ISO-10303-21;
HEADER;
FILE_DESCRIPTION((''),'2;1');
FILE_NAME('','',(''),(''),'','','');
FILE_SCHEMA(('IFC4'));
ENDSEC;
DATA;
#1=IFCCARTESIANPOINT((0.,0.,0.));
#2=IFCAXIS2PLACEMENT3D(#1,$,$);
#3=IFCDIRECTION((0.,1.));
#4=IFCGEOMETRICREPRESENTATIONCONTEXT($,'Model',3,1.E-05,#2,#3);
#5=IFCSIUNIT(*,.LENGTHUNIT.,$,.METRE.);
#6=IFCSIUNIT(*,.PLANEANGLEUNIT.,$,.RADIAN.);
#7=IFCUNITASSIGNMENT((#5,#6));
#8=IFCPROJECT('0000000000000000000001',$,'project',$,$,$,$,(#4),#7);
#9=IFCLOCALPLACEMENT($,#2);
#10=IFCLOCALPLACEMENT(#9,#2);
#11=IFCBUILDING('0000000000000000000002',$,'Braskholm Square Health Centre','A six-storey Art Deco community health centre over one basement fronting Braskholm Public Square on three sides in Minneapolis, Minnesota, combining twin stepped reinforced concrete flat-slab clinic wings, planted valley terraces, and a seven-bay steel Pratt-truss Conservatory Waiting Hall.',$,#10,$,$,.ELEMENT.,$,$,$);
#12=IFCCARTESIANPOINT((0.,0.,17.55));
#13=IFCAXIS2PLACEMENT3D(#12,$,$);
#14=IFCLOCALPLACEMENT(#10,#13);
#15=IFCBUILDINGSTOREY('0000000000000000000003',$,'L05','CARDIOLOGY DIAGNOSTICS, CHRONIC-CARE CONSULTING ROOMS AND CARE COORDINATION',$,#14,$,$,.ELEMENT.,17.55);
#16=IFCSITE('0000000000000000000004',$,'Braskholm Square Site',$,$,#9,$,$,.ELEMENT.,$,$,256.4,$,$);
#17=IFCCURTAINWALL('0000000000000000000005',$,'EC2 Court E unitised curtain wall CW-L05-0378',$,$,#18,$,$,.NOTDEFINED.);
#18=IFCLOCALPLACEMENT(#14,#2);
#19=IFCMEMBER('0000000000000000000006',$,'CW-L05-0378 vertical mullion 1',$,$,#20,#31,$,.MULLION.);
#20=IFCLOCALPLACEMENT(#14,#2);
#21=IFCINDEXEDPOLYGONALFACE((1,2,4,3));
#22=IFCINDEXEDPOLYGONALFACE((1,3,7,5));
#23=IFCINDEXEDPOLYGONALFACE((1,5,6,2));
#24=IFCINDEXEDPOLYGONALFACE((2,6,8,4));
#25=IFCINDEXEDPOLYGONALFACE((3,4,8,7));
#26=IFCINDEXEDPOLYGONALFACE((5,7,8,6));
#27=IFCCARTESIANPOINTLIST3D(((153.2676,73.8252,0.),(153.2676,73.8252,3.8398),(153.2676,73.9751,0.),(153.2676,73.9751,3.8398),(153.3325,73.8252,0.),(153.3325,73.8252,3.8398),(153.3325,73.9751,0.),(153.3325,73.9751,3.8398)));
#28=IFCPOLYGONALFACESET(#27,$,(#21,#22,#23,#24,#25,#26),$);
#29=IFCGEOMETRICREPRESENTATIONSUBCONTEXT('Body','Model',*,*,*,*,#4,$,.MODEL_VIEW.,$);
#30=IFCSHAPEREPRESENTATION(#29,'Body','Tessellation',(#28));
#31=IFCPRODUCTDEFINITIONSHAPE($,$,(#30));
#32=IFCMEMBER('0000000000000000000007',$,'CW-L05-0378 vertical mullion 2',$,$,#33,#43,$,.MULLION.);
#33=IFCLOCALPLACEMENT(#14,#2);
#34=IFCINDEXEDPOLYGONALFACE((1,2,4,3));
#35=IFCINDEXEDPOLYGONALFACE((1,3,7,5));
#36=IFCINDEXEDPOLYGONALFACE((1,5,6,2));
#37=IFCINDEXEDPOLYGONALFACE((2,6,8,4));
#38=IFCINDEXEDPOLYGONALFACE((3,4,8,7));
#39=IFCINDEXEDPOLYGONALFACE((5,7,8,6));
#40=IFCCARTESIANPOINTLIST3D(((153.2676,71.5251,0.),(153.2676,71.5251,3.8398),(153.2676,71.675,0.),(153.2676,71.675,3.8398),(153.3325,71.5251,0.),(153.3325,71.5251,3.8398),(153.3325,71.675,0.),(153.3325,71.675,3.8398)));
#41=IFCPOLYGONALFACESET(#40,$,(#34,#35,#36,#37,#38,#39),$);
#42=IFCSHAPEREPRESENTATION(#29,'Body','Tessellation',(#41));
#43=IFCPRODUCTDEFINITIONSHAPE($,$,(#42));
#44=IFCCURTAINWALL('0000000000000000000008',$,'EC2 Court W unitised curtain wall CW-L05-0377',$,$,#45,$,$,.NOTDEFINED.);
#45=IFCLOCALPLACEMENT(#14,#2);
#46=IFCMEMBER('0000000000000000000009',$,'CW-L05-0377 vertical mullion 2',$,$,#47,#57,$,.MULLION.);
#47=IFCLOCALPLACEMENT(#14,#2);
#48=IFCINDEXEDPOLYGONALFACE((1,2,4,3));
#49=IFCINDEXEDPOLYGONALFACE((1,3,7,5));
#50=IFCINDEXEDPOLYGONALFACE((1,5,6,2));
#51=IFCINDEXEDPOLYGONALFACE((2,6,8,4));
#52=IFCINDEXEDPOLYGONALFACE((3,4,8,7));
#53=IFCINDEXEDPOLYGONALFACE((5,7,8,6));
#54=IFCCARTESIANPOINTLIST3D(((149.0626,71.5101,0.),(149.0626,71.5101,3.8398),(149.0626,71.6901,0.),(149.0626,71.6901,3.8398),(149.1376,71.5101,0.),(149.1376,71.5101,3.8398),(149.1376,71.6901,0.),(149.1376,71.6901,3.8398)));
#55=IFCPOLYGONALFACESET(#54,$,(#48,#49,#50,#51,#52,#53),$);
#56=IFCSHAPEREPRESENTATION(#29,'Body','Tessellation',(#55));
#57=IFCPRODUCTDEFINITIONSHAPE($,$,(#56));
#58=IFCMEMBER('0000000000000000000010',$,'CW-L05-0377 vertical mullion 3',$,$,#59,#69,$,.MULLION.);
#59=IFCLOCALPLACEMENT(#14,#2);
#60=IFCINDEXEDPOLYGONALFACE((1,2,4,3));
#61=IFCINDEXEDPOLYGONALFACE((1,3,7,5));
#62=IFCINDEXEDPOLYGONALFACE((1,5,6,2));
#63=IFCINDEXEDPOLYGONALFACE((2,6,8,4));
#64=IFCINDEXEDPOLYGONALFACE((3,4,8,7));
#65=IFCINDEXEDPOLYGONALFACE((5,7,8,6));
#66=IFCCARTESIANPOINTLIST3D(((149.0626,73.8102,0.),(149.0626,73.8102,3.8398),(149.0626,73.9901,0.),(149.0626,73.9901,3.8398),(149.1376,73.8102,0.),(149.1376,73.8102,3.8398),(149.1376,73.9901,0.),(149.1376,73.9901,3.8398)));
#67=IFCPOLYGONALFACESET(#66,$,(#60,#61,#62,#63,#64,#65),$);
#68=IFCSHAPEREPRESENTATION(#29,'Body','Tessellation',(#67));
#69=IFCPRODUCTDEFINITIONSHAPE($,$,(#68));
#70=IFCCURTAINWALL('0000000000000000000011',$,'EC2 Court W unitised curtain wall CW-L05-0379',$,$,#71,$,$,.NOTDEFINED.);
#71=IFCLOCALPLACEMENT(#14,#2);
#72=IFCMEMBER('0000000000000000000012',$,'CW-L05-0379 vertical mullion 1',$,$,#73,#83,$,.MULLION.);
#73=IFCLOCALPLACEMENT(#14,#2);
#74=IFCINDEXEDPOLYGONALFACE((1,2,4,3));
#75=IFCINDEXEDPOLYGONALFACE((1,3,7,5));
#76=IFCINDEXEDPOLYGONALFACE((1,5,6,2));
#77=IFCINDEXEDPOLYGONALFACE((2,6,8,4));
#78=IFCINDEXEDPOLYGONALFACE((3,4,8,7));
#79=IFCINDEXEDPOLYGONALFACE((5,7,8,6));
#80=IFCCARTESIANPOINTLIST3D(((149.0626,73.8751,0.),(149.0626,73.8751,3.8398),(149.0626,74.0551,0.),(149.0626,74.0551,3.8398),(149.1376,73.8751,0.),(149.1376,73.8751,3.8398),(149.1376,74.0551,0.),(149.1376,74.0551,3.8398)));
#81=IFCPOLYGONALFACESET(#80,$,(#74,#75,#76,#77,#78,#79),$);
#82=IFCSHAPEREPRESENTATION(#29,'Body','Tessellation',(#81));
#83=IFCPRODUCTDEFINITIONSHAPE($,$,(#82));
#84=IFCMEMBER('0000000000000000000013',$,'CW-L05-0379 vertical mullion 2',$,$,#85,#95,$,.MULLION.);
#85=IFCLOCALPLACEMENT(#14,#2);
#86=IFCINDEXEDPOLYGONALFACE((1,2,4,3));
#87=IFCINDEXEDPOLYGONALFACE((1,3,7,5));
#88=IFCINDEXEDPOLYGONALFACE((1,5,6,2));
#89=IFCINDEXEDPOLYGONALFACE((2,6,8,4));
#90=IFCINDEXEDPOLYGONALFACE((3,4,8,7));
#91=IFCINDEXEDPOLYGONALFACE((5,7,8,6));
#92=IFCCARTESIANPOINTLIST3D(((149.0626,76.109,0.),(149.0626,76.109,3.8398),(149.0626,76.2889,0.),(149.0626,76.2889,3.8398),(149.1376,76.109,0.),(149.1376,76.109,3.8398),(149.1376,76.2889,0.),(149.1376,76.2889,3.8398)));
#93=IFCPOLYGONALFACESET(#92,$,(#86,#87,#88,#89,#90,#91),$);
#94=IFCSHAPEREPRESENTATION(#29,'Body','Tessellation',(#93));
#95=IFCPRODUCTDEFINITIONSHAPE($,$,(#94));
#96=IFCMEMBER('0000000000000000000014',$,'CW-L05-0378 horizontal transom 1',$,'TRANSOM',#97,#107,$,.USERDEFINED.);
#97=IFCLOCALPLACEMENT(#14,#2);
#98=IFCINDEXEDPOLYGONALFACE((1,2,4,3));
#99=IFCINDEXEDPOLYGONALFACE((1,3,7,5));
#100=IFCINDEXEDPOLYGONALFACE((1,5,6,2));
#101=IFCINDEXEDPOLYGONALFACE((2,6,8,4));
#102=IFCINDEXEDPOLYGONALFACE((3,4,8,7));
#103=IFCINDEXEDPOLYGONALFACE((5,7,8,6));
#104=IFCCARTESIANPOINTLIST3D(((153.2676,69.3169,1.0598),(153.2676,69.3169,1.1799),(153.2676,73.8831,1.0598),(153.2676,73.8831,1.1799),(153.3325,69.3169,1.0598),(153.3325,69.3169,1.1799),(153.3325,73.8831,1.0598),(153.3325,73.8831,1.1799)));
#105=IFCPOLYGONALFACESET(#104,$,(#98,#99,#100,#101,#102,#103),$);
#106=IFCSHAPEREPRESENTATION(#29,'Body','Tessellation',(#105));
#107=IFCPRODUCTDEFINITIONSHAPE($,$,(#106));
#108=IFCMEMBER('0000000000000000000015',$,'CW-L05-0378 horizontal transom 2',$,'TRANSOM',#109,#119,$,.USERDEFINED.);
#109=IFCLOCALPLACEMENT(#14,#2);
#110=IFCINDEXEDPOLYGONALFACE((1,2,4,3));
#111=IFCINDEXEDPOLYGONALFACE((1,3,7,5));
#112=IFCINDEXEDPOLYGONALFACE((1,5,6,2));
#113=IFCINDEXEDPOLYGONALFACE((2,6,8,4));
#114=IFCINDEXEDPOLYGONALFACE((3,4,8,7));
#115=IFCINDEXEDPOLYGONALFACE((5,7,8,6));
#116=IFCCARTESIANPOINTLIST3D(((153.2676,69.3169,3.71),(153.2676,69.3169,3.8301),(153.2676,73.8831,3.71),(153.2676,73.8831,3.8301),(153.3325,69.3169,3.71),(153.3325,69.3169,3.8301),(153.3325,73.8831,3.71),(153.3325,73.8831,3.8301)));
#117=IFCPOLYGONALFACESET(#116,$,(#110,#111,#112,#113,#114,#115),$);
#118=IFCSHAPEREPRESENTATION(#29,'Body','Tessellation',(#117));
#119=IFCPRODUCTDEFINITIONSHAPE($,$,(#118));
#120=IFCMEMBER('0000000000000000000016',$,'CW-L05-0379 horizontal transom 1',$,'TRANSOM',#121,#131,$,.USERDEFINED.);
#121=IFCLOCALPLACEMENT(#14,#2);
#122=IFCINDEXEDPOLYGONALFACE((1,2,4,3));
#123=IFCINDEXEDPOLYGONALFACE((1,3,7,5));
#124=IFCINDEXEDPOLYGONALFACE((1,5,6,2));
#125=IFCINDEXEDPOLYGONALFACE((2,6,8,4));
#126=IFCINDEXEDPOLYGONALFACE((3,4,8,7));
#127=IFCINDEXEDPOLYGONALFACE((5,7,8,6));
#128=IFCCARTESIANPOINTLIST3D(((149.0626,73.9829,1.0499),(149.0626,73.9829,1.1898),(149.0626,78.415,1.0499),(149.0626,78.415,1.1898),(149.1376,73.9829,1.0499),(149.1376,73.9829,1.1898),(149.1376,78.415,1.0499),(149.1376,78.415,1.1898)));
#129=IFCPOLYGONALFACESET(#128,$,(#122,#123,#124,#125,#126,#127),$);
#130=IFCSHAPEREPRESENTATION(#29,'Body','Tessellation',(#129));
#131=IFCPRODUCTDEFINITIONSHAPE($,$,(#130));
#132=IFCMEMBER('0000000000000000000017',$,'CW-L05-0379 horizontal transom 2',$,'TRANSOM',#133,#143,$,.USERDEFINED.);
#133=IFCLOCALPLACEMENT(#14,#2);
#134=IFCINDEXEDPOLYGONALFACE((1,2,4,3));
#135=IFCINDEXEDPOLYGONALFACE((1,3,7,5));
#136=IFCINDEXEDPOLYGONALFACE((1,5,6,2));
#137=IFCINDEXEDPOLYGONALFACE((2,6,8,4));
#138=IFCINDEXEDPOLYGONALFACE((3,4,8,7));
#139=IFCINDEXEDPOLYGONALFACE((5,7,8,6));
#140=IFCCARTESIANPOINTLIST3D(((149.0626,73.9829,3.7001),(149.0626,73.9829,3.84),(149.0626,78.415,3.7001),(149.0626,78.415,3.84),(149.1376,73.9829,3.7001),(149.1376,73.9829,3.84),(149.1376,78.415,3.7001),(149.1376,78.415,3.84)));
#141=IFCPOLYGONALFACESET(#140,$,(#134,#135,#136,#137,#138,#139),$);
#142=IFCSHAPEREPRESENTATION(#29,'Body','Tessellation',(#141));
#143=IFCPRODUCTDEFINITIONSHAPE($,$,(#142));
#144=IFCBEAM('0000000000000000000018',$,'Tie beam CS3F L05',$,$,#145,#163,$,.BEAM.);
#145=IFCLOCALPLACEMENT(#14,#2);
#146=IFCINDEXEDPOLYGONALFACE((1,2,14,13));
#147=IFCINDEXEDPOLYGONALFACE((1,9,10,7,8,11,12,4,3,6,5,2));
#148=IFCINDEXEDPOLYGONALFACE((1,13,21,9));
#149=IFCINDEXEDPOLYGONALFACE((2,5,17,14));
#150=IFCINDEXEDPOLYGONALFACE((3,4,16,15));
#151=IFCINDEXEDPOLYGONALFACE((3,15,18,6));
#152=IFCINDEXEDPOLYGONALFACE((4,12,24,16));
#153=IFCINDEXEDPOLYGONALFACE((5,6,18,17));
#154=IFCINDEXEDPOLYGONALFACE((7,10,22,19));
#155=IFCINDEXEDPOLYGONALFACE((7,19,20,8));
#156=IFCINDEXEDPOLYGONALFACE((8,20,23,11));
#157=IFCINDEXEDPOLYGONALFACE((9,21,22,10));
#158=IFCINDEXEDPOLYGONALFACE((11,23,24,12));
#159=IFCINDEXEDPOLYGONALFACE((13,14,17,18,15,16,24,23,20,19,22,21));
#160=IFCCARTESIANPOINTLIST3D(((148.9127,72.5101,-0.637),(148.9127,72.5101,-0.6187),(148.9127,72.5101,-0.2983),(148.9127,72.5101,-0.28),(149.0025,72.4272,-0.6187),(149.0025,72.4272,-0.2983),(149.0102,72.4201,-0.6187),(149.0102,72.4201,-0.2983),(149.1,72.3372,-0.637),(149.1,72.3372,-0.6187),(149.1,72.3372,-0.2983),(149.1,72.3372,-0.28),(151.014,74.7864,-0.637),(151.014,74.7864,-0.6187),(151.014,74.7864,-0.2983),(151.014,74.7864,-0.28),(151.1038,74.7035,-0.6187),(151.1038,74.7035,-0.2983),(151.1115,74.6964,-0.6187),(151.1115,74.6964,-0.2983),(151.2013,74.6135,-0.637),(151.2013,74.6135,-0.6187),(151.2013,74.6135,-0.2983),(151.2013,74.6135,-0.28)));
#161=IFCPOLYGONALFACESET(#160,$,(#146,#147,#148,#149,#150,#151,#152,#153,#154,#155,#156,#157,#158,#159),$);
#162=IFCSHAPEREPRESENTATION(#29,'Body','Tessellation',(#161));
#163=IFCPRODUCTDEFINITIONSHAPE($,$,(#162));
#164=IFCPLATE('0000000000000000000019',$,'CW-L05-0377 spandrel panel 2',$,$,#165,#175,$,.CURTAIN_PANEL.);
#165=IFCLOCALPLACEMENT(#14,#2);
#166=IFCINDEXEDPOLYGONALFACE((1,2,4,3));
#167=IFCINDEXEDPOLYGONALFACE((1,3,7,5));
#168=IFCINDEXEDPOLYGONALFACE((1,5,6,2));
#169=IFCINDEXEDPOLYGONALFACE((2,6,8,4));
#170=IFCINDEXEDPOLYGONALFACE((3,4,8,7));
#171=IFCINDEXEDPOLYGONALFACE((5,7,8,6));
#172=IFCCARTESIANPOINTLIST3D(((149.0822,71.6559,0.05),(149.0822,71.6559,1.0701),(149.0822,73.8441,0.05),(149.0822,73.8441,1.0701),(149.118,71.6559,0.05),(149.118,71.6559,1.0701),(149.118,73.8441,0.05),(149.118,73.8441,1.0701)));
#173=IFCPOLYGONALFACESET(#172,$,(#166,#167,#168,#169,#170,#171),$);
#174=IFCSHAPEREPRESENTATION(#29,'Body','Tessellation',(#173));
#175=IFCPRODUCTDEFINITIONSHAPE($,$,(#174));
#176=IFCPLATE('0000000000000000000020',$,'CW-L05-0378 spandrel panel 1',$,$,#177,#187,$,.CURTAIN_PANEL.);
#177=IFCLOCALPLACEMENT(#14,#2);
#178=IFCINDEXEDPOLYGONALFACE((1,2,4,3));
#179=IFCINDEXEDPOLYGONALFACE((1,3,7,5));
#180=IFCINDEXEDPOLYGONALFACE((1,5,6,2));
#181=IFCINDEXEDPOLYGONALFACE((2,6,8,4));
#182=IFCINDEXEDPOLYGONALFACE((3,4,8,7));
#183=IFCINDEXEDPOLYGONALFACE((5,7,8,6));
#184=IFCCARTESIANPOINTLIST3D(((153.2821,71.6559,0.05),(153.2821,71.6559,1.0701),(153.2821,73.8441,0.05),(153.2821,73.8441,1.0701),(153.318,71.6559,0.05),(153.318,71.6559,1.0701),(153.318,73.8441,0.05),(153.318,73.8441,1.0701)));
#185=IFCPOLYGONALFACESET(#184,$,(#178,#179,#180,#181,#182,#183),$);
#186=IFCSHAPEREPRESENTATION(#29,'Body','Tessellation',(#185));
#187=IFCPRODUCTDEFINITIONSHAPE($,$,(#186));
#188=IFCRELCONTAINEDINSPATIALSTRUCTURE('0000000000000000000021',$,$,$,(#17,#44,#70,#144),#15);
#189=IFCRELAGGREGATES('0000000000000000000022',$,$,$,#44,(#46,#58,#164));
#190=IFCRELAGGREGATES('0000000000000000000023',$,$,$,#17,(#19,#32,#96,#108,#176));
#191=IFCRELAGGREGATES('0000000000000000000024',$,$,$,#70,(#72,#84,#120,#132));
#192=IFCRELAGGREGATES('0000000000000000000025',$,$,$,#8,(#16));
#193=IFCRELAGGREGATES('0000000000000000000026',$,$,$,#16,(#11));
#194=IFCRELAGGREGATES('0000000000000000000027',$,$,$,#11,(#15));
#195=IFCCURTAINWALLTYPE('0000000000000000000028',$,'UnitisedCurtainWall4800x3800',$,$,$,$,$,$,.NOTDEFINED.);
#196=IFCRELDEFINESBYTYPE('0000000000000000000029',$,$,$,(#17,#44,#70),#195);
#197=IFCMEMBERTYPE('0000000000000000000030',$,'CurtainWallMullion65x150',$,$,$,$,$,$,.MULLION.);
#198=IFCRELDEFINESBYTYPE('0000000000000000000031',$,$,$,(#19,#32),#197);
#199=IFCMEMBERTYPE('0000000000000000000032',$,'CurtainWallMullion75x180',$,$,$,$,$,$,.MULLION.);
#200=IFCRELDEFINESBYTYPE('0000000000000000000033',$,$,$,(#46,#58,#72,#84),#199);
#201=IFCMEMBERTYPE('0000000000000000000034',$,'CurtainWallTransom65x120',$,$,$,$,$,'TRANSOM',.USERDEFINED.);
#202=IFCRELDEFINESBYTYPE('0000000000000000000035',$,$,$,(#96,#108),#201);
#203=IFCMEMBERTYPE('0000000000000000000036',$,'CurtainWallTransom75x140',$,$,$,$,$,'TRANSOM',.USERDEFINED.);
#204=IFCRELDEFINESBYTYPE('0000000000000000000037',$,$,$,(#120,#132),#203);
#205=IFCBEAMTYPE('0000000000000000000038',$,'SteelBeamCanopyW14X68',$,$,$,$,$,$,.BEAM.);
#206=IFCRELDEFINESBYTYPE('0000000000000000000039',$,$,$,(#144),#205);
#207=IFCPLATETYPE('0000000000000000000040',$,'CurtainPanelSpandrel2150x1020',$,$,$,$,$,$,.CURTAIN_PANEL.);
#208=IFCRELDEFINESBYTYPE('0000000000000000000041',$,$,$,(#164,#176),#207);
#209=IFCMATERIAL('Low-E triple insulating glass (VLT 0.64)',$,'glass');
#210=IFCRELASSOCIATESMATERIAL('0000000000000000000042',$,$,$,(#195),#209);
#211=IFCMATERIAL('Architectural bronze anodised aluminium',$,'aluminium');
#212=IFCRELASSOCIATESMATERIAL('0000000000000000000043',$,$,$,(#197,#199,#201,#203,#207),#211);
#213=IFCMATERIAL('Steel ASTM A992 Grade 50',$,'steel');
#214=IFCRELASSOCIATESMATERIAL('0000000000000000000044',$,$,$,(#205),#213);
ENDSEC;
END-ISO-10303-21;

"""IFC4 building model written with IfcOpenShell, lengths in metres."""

from ifc_helpers import new_model, si_unit, direction, frame, origin, origin_2d, place, context, subcontext, project, spatial, rectangle, i_section, extrude, material, material_profile, profile_set, type_object, element, aggregate, save


model = new_model("IFC4")

# Units and contexts
model_context = context("Model", 3, precision=1e-05, world=origin(), true_north=direction((0.0, 1.0)))
body_context = subcontext(model_context, "Body", "Model", "MODEL_VIEW")
ifc_project = project(units=[si_unit("LENGTHUNIT", "METRE"), si_unit("PLANEANGLEUNIT", "RADIAN")], contexts=[model_context])

# Site, building, storey
site_placement = place(None, origin())
site = spatial("IfcSite", under=ifc_project, at=site_placement, Name="Braskholm Square Site", CompositionType="ELEMENT", RefElevation=256.4)
building_placement = place(site_placement, origin())
building = spatial("IfcBuilding", under=site, at=building_placement, Name="Braskholm Square Health Centre", Description="A six-storey Art Deco community health centre over one basement fronting Braskholm Public Square on three sides in Minneapolis, Minnesota, combining twin stepped reinforced concrete flat-slab clinic wings, planted valley terraces, and a seven-bay steel Pratt-truss Conservatory Waiting Hall.", CompositionType="ELEMENT")
storey_placement = place(building_placement, frame((0.0, 0.0, 17.55)))
storey = spatial("IfcBuildingStorey", under=building, at=storey_placement, Name="L05", Description="CARDIOLOGY DIAGNOSTICS, CHRONIC-CARE CONSULTING ROOMS AND CARE COORDINATION", CompositionType="ELEMENT", Elevation=17.55)

# Curtain walls, members
ifc_material_1 = material(Name="Low-E triple insulating glass (VLT 0.64)", Category="glass")
curtain_wall_type = type_object("IfcCurtainWallType", Name="UnitisedCurtainWall4800x3800", PredefinedType="NOTDEFINED", material=ifc_material_1)
curtain_wall_1_placement = place(storey_placement, origin())
curtain_wall_1 = element("IfcCurtainWall", 1, at=curtain_wall_1_placement, inside=storey, type_object=curtain_wall_type, Name="EC2 Court E unitised curtain wall CW-L05-0378", PredefinedType="NOTDEFINED")
ifc_material_2 = material(Name="Architectural bronze anodised aluminium", Category="aluminium")
ifc_material_profile_1 = material_profile(ifc_material_2, rectangle(XDim=0.0649, YDim=0.1499, at=origin_2d()), Name="ALU-65X150")
ifc_profile_set_1 = profile_set([ifc_material_profile_1], Name="Architectural bronze anodised aluminium")
member_type_1 = type_object("IfcMemberType", Name="CurtainWallMullion65x150", PredefinedType="MULLION", material=ifc_profile_set_1)
member_1_placement = place(storey_placement, frame((153.3, 73.9001, 0.0), z_axis=(0.0, 0.0, 1.0), x_axis=(1.0, 0.0, 0.0)))
member_1 = element("IfcMember", 2, at=member_1_placement, type_object=member_type_1, Name="CW-L05-0378 vertical mullion 1", PredefinedType="MULLION", context=body_context, shape_type="SweptSolid", body=[
    extrude(rectangle(XDim=0.0649, YDim=0.1499, at=origin_2d()), origin(), (0.0, 0.0, 1.0), 3.8398),
])
member_2_placement = place(storey_placement, frame((153.3, 71.6001, 0.0), z_axis=(0.0, 0.0, 1.0), x_axis=(1.0, 0.0, 0.0)))
member_2 = element("IfcMember", 3, at=member_2_placement, type_object=member_type_1, Name="CW-L05-0378 vertical mullion 2", PredefinedType="MULLION", context=body_context, shape_type="SweptSolid", body=[
    extrude(rectangle(XDim=0.0649, YDim=0.1499, at=origin_2d()), origin(), (0.0, 0.0, 1.0), 3.8398),
])
curtain_wall_2_placement = place(storey_placement, origin())
curtain_wall_2 = element("IfcCurtainWall", 4, at=curtain_wall_2_placement, inside=storey, type_object=curtain_wall_type, Name="EC2 Court W unitised curtain wall CW-L05-0377", PredefinedType="NOTDEFINED")
ifc_material_profile_2 = material_profile(ifc_material_2, rectangle(XDim=0.075, YDim=0.1799, at=origin_2d()), Name="ALU-75X180")
ifc_profile_set_2 = profile_set([ifc_material_profile_2], Name="Architectural bronze anodised aluminium")
member_type_2 = type_object("IfcMemberType", Name="CurtainWallMullion75x180", PredefinedType="MULLION", material=ifc_profile_set_2)
member_3_placement = place(storey_placement, frame((149.1001, 71.6001, 0.0), z_axis=(0.0, 0.0, 1.0), x_axis=(1.0, 0.0, 0.0)))
member_3 = element("IfcMember", 5, at=member_3_placement, type_object=member_type_2, Name="CW-L05-0377 vertical mullion 2", PredefinedType="MULLION", context=body_context, shape_type="SweptSolid", body=[
    extrude(rectangle(XDim=0.075, YDim=0.1799, at=origin_2d()), origin(), (0.0, 0.0, 1.0), 3.8398),
])
member_4_placement = place(storey_placement, frame((149.1001, 73.9001, 0.0), z_axis=(0.0, 0.0, 1.0), x_axis=(1.0, 0.0, 0.0)))
member_4 = element("IfcMember", 6, at=member_4_placement, type_object=member_type_2, Name="CW-L05-0377 vertical mullion 3", PredefinedType="MULLION", context=body_context, shape_type="SweptSolid", body=[
    extrude(rectangle(XDim=0.075, YDim=0.1799, at=origin_2d()), origin(), (0.0, 0.0, 1.0), 3.8398),
])
curtain_wall_3_placement = place(storey_placement, origin())
curtain_wall_3 = element("IfcCurtainWall", 7, at=curtain_wall_3_placement, inside=storey, type_object=curtain_wall_type, Name="EC2 Court W unitised curtain wall CW-L05-0379", PredefinedType="NOTDEFINED")
member_5_placement = place(storey_placement, frame((149.1001, 73.9651, 0.0), z_axis=(0.0, 0.0, 1.0), x_axis=(1.0, 0.0, 0.0)))
member_5 = element("IfcMember", 8, at=member_5_placement, type_object=member_type_2, Name="CW-L05-0379 vertical mullion 1", PredefinedType="MULLION", context=body_context, shape_type="SweptSolid", body=[
    extrude(rectangle(XDim=0.075, YDim=0.1799, at=origin_2d()), origin(), (0.0, 0.0, 1.0), 3.8398),
])
member_6_placement = place(storey_placement, frame((149.1001, 76.199, 0.0), z_axis=(0.0, 0.0, 1.0), x_axis=(1.0, 0.0, 0.0)))
member_6 = element("IfcMember", 9, at=member_6_placement, type_object=member_type_2, Name="CW-L05-0379 vertical mullion 2", PredefinedType="MULLION", context=body_context, shape_type="SweptSolid", body=[
    extrude(rectangle(XDim=0.075, YDim=0.1799, at=origin_2d()), origin(), (0.0, 0.0, 1.0), 3.8398),
])

# Members
ifc_material_profile_3 = material_profile(ifc_material_2, rectangle(XDim=0.0649, YDim=0.1201, at=origin_2d()), Name="ALU-65X120")
ifc_profile_set_3 = profile_set([ifc_material_profile_3], Name="Architectural bronze anodised aluminium")
member_type_3 = type_object("IfcMemberType", Name="CurtainWallTransom65x120", ElementType="TRANSOM", PredefinedType="USERDEFINED", material=ifc_profile_set_3)
member_7_placement = place(storey_placement, frame((153.3, 73.8831, 1.1199), z_axis=(0.0, -1.0, 0.0), x_axis=(1.0, 0.0, 0.0)))
member_7 = element("IfcMember", 10, at=member_7_placement, type_object=member_type_3, Name="CW-L05-0378 horizontal transom 1", ObjectType="TRANSOM", PredefinedType="USERDEFINED", context=body_context, shape_type="SweptSolid", body=[
    extrude(rectangle(XDim=0.0649, YDim=0.1201, at=origin_2d()), origin(), (0.0, 0.0, 1.0), 4.5662),
])
member_8_placement = place(storey_placement, frame((153.3, 73.8831, 3.77), z_axis=(0.0, -1.0, 0.0), x_axis=(1.0, 0.0, 0.0)))
member_8 = element("IfcMember", 11, at=member_8_placement, type_object=member_type_3, Name="CW-L05-0378 horizontal transom 2", ObjectType="TRANSOM", PredefinedType="USERDEFINED", context=body_context, shape_type="SweptSolid", body=[
    extrude(rectangle(XDim=0.0649, YDim=0.1201, at=origin_2d()), origin(), (0.0, 0.0, 1.0), 4.5662),
])
ifc_material_profile_4 = material_profile(ifc_material_2, rectangle(XDim=0.075, YDim=0.1399, at=origin_2d()), Name="ALU-75X140")
ifc_profile_set_4 = profile_set([ifc_material_profile_4], Name="Architectural bronze anodised aluminium")
member_type_4 = type_object("IfcMemberType", Name="CurtainWallTransom75x140", ElementType="TRANSOM", PredefinedType="USERDEFINED", material=ifc_profile_set_4)
member_9_placement = place(storey_placement, frame((149.1001, 73.9829, 1.1199), z_axis=(0.0, 1.0, 0.0), x_axis=(-1.0, 0.0, 0.0)))
member_9 = element("IfcMember", 12, at=member_9_placement, type_object=member_type_4, Name="CW-L05-0379 horizontal transom 1", ObjectType="TRANSOM", PredefinedType="USERDEFINED", context=body_context, shape_type="SweptSolid", body=[
    extrude(rectangle(XDim=0.075, YDim=0.1399, at=origin_2d()), origin(), (0.0, 0.0, 1.0), 4.4321),
])
member_10_placement = place(storey_placement, frame((149.1001, 73.9829, 3.77), z_axis=(0.0, 1.0, 0.0), x_axis=(-1.0, 0.0, 0.0)))
member_10 = element("IfcMember", 13, at=member_10_placement, type_object=member_type_4, Name="CW-L05-0379 horizontal transom 2", ObjectType="TRANSOM", PredefinedType="USERDEFINED", context=body_context, shape_type="SweptSolid", body=[
    extrude(rectangle(XDim=0.075, YDim=0.1399, at=origin_2d()), origin(), (0.0, 0.0, 1.0), 4.4321),
])

# Beam
ifc_material_3 = material(Name="Steel ASTM A992 Grade 50", Category="steel")
ifc_material_profile_5 = material_profile(ifc_material_3, i_section(OverallWidth=0.2549, OverallDepth=0.3569, WebThickness=0.0105, FlangeThickness=0.0183, at=origin_2d()), Name="W14X68")
ifc_profile_set_5 = profile_set([ifc_material_profile_5], Name="Steel ASTM A992 Grade 50")
beam_type = type_object("IfcBeamType", Name="SteelBeamCanopyW14X68", PredefinedType="BEAM", material=ifc_profile_set_5)
beam_placement = place(storey_placement, frame((151.1077, 74.7, -0.4585), z_axis=(-0.67829, -0.734794, 0.0), x_axis=(0.734794, -0.67829, 0.0)))
element("IfcBeam", 14, at=beam_placement, inside=storey, type_object=beam_type, Name="Tie beam CS3F L05", PredefinedType="BEAM", context=body_context, shape_type="SweptSolid", body=[
    extrude(i_section(OverallWidth=0.2549, OverallDepth=0.3569, WebThickness=0.0105, FlangeThickness=0.0183, at=origin_2d()), origin(), (0.0, 0.0, 1.0), 3.0979),
])

# Plates
plate_type_1 = type_object("IfcPlateType", Name="CurtainPanelSpandrel2150x1020", PredefinedType="CURTAIN_PANEL", material=ifc_material_2)
plate_1_placement = place(storey_placement, frame((149.1001, 72.75, 0.05), z_axis=(0.0, 0.0, 1.0), x_axis=(0.0, 1.0, 0.0)))
plate_1 = element("IfcPlate", 15, at=plate_1_placement, type_object=plate_type_1, Name="CW-L05-0377 spandrel panel 2", PredefinedType="CURTAIN_PANEL", context=body_context, shape_type="SweptSolid", body=[
    extrude(rectangle(XDim=2.1882, YDim=0.0359, at=origin_2d()), origin(), (0.0, 0.0, 1.0), 1.02),
])
plate_2_placement = place(storey_placement, frame((153.3, 72.75, 0.05), z_axis=(0.0, 0.0, 1.0), x_axis=(0.0, -1.0, 0.0)))
plate_2 = element("IfcPlate", 16, at=plate_2_placement, type_object=plate_type_1, Name="CW-L05-0378 spandrel panel 1", PredefinedType="CURTAIN_PANEL", context=body_context, shape_type="SweptSolid", body=[
    extrude(rectangle(XDim=2.1882, YDim=0.0359, at=origin_2d()), origin(), (0.0, 0.0, 1.0), 1.02),
])
aggregate(curtain_wall_2, [member_3, member_4, plate_1])
aggregate(curtain_wall_1, [member_1, member_2, member_7, member_8, plate_2])
aggregate(curtain_wall_3, [member_5, member_6, member_9, member_10])

save(model, "model.ifc")
